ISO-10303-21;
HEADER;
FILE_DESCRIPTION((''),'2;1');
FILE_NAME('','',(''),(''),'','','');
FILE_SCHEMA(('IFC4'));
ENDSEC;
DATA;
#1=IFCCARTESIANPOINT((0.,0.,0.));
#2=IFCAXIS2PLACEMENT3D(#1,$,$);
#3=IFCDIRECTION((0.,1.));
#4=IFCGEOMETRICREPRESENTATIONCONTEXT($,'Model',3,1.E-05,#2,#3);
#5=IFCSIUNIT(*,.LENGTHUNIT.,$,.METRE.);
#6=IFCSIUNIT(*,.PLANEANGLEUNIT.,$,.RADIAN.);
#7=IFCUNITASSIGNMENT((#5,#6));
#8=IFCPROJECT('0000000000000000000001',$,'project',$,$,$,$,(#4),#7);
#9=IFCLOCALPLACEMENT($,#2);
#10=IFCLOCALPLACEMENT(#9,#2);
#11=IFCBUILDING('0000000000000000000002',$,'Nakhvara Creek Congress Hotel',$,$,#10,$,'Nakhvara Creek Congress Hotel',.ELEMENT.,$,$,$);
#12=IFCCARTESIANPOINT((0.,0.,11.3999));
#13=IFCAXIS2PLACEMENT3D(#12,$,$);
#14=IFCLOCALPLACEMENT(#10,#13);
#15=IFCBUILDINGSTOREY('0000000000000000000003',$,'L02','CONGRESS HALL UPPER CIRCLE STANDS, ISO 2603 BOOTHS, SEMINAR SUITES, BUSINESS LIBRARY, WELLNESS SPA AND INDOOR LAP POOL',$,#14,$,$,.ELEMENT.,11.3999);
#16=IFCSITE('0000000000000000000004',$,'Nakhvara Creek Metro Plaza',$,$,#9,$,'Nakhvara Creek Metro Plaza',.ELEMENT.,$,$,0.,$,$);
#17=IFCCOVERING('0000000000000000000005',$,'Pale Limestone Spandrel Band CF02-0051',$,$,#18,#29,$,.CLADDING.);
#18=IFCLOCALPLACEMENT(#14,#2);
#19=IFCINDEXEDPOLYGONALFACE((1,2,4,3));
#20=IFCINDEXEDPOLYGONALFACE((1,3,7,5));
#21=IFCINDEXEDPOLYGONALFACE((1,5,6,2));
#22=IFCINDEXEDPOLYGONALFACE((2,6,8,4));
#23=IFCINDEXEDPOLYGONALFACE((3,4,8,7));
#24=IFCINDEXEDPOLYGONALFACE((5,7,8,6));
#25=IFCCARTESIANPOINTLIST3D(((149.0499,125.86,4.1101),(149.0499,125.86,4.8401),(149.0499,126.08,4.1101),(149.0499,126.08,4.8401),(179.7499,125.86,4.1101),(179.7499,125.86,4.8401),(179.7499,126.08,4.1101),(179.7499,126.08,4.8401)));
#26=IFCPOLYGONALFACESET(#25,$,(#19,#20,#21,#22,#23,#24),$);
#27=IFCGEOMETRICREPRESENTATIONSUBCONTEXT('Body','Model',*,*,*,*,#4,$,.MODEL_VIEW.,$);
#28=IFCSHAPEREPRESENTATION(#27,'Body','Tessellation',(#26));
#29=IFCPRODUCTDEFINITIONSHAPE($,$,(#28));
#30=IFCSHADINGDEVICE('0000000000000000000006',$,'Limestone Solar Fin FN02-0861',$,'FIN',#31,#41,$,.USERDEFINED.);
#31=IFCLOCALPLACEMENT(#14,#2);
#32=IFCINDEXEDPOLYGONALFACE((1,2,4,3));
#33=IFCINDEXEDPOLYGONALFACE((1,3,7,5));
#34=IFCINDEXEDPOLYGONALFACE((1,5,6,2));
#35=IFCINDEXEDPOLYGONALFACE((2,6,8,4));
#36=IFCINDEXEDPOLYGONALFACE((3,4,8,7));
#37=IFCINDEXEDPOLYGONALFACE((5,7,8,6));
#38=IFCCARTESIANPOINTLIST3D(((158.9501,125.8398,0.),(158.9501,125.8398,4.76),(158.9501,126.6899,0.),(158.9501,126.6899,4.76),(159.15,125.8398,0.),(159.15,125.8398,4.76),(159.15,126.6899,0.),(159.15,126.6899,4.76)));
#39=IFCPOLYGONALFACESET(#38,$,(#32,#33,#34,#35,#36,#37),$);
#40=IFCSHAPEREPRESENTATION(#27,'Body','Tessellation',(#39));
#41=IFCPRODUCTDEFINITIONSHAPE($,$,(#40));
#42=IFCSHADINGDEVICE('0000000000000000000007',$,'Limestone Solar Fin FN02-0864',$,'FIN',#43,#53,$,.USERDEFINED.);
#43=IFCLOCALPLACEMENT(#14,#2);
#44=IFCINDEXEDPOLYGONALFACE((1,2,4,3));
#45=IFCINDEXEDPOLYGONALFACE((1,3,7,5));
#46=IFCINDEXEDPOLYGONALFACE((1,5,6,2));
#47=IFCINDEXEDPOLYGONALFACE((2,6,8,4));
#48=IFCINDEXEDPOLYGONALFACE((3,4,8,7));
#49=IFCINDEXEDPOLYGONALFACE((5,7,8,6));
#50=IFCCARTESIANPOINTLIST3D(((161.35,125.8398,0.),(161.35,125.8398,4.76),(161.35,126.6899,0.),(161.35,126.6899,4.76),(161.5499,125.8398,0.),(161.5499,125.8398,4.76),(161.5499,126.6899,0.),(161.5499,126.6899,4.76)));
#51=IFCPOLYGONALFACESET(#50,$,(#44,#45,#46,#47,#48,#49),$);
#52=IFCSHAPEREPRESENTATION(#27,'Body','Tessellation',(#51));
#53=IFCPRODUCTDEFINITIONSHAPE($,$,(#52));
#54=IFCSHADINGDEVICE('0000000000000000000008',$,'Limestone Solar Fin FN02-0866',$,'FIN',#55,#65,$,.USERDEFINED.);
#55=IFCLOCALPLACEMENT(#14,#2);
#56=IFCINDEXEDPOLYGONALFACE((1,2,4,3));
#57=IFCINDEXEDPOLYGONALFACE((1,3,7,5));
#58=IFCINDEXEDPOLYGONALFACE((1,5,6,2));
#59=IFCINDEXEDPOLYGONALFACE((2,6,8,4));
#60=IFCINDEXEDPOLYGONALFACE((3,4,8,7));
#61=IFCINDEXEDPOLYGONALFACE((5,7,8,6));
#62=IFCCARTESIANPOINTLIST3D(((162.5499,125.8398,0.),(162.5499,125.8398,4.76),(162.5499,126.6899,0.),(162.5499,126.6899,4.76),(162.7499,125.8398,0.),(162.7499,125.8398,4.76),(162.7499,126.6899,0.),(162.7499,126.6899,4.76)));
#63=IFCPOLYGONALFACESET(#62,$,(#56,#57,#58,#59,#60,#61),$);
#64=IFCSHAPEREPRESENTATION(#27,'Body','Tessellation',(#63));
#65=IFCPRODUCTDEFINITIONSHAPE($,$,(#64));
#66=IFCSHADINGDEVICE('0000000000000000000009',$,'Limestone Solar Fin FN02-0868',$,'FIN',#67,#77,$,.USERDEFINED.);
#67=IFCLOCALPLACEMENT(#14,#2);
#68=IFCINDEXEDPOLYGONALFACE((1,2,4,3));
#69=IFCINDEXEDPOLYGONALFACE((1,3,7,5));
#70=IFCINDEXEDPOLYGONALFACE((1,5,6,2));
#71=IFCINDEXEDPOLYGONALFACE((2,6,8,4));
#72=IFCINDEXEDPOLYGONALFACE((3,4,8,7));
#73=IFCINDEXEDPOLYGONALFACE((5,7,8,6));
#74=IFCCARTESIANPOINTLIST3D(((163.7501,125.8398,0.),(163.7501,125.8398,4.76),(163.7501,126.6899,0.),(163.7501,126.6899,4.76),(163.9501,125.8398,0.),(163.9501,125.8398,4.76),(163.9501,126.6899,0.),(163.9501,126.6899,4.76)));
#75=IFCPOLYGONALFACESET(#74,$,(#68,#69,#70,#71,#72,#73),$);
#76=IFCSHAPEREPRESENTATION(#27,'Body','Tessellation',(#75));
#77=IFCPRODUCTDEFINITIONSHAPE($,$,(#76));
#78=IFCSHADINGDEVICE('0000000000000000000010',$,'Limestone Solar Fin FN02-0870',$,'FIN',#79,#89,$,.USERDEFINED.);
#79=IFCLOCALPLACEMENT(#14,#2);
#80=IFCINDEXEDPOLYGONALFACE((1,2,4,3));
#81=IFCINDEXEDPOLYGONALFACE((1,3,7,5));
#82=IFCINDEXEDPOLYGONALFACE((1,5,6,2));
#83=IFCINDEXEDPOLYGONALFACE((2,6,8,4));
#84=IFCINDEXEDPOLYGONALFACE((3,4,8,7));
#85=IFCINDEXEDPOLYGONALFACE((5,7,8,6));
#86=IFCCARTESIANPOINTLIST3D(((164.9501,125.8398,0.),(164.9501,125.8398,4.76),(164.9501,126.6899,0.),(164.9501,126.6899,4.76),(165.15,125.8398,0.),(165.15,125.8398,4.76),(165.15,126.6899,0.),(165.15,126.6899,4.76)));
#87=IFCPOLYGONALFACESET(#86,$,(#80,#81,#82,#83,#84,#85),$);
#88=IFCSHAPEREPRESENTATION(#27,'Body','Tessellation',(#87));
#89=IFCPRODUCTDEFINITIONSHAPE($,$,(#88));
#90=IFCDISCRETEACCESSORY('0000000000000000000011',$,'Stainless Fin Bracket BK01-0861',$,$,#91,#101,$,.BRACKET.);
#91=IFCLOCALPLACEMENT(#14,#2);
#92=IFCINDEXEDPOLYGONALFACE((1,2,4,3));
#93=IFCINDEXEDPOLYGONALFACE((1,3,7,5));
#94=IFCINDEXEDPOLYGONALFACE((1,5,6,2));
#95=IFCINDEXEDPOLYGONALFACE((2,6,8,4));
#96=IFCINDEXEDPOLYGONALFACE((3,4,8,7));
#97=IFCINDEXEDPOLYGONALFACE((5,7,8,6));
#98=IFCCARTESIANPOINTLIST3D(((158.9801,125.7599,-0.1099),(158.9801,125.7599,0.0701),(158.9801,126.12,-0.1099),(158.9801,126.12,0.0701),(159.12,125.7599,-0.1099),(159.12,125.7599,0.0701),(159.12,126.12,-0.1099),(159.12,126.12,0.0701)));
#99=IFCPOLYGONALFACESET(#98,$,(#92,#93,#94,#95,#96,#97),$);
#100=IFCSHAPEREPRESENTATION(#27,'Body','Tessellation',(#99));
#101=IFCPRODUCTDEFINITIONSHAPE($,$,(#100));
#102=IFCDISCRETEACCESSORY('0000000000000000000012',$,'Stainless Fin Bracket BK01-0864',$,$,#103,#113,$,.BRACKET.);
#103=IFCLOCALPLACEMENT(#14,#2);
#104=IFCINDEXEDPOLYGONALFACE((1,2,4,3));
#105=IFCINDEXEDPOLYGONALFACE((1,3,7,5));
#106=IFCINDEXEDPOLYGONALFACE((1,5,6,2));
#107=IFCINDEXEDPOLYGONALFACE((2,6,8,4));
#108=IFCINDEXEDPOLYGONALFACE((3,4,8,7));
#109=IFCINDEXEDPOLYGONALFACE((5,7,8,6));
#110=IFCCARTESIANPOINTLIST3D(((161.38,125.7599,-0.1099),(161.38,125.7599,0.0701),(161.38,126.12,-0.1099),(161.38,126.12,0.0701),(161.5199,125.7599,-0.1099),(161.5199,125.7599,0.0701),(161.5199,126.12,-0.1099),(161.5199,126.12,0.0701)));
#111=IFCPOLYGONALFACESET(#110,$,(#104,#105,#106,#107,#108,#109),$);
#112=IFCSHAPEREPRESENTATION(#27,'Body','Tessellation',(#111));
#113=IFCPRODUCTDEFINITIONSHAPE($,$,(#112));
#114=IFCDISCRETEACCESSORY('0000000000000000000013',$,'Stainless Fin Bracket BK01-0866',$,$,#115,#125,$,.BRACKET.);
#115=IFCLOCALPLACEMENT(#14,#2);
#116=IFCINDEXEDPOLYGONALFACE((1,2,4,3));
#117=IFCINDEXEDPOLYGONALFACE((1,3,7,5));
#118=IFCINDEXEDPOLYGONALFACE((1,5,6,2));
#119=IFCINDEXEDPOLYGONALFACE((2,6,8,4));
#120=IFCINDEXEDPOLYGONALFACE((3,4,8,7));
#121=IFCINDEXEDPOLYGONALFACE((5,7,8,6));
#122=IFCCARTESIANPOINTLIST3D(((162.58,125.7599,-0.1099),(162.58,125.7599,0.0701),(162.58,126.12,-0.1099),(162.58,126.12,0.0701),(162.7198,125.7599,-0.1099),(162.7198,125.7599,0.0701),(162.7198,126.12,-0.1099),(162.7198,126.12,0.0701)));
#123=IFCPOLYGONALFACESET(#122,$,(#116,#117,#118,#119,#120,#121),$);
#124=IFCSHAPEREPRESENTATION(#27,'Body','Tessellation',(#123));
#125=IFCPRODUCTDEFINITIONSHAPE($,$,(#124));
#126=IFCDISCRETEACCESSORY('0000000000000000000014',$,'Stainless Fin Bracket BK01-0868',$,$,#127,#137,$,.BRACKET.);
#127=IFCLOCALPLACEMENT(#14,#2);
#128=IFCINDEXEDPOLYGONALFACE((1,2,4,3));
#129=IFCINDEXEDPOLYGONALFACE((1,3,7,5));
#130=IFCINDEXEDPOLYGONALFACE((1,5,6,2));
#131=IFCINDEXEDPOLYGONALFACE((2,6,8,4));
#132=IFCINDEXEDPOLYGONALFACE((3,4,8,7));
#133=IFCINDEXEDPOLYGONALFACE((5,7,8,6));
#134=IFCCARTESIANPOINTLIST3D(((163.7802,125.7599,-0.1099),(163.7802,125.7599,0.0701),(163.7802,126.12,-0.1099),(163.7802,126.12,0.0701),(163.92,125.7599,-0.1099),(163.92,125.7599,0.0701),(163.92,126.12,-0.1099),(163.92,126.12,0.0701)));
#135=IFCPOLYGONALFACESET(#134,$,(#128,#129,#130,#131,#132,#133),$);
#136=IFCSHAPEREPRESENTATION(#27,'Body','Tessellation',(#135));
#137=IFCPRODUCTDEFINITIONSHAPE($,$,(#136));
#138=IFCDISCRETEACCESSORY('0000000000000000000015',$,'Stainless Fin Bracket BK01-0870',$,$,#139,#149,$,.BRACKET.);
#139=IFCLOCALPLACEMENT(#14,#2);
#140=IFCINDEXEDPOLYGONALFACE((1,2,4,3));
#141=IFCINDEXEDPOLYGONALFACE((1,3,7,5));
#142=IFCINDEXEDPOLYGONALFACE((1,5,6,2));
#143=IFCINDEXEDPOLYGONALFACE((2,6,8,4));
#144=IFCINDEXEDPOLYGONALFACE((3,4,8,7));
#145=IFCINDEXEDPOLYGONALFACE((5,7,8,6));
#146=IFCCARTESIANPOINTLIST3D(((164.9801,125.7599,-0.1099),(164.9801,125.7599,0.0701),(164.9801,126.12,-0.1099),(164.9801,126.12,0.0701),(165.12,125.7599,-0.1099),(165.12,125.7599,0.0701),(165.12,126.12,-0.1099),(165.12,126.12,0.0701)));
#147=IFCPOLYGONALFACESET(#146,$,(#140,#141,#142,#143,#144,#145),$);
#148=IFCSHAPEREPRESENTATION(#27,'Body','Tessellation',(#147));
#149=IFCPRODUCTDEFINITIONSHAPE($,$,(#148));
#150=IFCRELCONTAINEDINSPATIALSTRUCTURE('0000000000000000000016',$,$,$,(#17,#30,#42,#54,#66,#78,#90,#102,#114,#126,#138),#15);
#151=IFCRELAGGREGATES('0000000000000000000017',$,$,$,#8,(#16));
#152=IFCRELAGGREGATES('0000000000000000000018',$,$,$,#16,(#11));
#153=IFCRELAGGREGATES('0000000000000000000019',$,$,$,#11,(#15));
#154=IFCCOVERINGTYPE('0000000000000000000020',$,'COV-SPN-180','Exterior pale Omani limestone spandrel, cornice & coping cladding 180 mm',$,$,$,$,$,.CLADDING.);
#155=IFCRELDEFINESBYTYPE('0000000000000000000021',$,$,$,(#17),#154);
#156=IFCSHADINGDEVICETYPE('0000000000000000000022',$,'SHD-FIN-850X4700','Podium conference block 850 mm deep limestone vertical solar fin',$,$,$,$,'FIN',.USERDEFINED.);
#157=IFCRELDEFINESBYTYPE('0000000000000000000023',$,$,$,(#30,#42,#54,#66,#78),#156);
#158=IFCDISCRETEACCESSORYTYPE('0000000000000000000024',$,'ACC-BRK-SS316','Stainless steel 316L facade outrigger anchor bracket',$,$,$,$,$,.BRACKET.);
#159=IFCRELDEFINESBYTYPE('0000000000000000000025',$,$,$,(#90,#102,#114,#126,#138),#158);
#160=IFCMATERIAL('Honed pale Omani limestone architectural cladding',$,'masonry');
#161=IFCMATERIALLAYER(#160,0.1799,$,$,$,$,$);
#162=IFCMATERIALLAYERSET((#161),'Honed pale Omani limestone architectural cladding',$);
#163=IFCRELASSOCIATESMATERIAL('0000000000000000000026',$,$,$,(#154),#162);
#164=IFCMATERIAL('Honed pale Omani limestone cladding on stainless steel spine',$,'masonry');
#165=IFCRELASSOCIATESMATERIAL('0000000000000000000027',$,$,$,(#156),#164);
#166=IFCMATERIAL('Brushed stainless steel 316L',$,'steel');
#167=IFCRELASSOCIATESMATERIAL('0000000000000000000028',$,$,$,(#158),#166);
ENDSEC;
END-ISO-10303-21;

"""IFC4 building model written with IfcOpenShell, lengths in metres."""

from ifc_helpers import new_model, si_unit, direction, frame, origin, origin_2d, place, context, subcontext, project, spatial, rectangle, extrude, material, layer, layer_set, type_object, element, save


model = new_model("IFC4")

# Units and contexts
model_context = context("Model", 3, precision=1e-05, world=origin(), true_north=direction((0.0, 1.0)))
body_context = subcontext(model_context, "Body", "Model", "MODEL_VIEW")
ifc_project = project(units=[si_unit("LENGTHUNIT", "METRE"), si_unit("PLANEANGLEUNIT", "RADIAN")], contexts=[model_context])

# Site, building, storey
site_placement = place(None, origin())
site = spatial("IfcSite", under=ifc_project, at=site_placement, Name="Nakhvara Creek Metro Plaza", LongName="Nakhvara Creek Metro Plaza", CompositionType="ELEMENT", RefElevation=0.0)
building_placement = place(site_placement, origin())
building = spatial("IfcBuilding", under=site, at=building_placement, Name="Nakhvara Creek Congress Hotel", LongName="Nakhvara Creek Congress Hotel", CompositionType="ELEMENT")
storey_placement = place(building_placement, frame((0.0, 0.0, 11.3999)))
storey = spatial("IfcBuildingStorey", under=building, at=storey_placement, Name="L02", Description="CONGRESS HALL UPPER CIRCLE STANDS, ISO 2603 BOOTHS, SEMINAR SUITES, BUSINESS LIBRARY, WELLNESS SPA AND INDOOR LAP POOL", CompositionType="ELEMENT", Elevation=11.3999)

# Covering
ifc_material_1 = material(Name="Honed pale Omani limestone architectural cladding", Category="masonry")
ifc_layer_1 = layer(ifc_material_1, 0.1799)
ifc_layer_set_1 = layer_set([ifc_layer_1], Name="Honed pale Omani limestone architectural cladding")
covering_type_1 = type_object("IfcCoveringType", Name="COV-SPN-180", Description="Exterior pale Omani limestone spandrel, cornice & coping cladding 180 mm", PredefinedType="CLADDING", material=ifc_layer_set_1)
covering_placement = place(storey_placement, frame((164.3999, 125.97, 4.1101), z_axis=(0.0, 0.0, 1.0), x_axis=(1.0, 0.0, 0.0)))
element("IfcCovering", 1, at=covering_placement, inside=storey, type_object=covering_type_1, Name="Pale Limestone Spandrel Band CF02-0051", PredefinedType="CLADDING", context=body_context, shape_type="SweptSolid", body=[
    extrude(rectangle(XDim=30.7, YDim=0.22, at=origin_2d()), origin(), (0.0, 0.0, 1.0), 0.73),
])

# Shading devices
ifc_material_2 = material(Name="Honed pale Omani limestone cladding on stainless steel spine", Category="masonry")
shading_device_type = type_object("IfcShadingDeviceType", Name="SHD-FIN-850X4700", Description="Podium conference block 850 mm deep limestone vertical solar fin", ElementType="FIN", PredefinedType="USERDEFINED", material=ifc_material_2)
for number, where, z_axis, x_axis, name in (
    (2, (159.05, 126.2649, 0.0), (0.0, 0.0, 1.0), (1.0, 0.0, 0.0), "Limestone Solar Fin FN02-0861"),
    (3, (161.45, 126.2649, 0.0), (0.0, 0.0, 1.0), (1.0, 0.0, 0.0), "Limestone Solar Fin FN02-0864"),
    (4, (162.6499, 126.2649, 0.0), (0.0, 0.0, 1.0), (1.0, 0.0, 0.0), "Limestone Solar Fin FN02-0866"),
    (5, (163.8501, 126.2649, 0.0), (0.0, 0.0, 1.0), (1.0, 0.0, 0.0), "Limestone Solar Fin FN02-0868"),
    (6, (165.05, 126.2649, 0.0), (0.0, 0.0, 1.0), (1.0, 0.0, 0.0), "Limestone Solar Fin FN02-0870"),
):
    element("IfcShadingDevice", number, at=place(storey_placement, frame(where, z_axis=z_axis, x_axis=x_axis)), inside=storey, type_object=shading_device_type, Name=name, ObjectType="FIN", PredefinedType="USERDEFINED", context=body_context, shape_type="SweptSolid", body=[
        extrude(rectangle(XDim=0.2, YDim=0.8501, at=origin_2d()), origin(), (0.0, 0.0, 1.0), 4.76),
    ])

# Discrete accessories
ifc_material_3 = material(Name="Brushed stainless steel 316L", Category="steel")
discrete_accessory_type = type_object("IfcDiscreteAccessoryType", Name="ACC-BRK-SS316", Description="Stainless steel 316L facade outrigger anchor bracket", PredefinedType="BRACKET", material=ifc_material_3)
for number, where, z_axis, x_axis, name in (
    (7, (159.05, 125.9399, -0.1099), (0.0, 0.0, 1.0), (1.0, 0.0, 0.0), "Stainless Fin Bracket BK01-0861"),
    (8, (161.45, 125.9399, -0.1099), (0.0, 0.0, 1.0), (1.0, 0.0, 0.0), "Stainless Fin Bracket BK01-0864"),
    (9, (162.6499, 125.9399, -0.1099), (0.0, 0.0, 1.0), (1.0, 0.0, 0.0), "Stainless Fin Bracket BK01-0866"),
    (10, (163.8501, 125.9399, -0.1099), (0.0, 0.0, 1.0), (1.0, 0.0, 0.0), "Stainless Fin Bracket BK01-0868"),
    (11, (165.05, 125.9399, -0.1099), (0.0, 0.0, 1.0), (1.0, 0.0, 0.0), "Stainless Fin Bracket BK01-0870"),
):
    element("IfcDiscreteAccessory", number, at=place(storey_placement, frame(where, z_axis=z_axis, x_axis=x_axis)), inside=storey, type_object=discrete_accessory_type, Name=name, PredefinedType="BRACKET", context=body_context, shape_type="SweptSolid", body=[
        extrude(rectangle(XDim=0.1399, YDim=0.3601, at=origin_2d()), origin(), (0.0, 0.0, 1.0), 0.1799),
    ])

save(model, "model.ifc")
